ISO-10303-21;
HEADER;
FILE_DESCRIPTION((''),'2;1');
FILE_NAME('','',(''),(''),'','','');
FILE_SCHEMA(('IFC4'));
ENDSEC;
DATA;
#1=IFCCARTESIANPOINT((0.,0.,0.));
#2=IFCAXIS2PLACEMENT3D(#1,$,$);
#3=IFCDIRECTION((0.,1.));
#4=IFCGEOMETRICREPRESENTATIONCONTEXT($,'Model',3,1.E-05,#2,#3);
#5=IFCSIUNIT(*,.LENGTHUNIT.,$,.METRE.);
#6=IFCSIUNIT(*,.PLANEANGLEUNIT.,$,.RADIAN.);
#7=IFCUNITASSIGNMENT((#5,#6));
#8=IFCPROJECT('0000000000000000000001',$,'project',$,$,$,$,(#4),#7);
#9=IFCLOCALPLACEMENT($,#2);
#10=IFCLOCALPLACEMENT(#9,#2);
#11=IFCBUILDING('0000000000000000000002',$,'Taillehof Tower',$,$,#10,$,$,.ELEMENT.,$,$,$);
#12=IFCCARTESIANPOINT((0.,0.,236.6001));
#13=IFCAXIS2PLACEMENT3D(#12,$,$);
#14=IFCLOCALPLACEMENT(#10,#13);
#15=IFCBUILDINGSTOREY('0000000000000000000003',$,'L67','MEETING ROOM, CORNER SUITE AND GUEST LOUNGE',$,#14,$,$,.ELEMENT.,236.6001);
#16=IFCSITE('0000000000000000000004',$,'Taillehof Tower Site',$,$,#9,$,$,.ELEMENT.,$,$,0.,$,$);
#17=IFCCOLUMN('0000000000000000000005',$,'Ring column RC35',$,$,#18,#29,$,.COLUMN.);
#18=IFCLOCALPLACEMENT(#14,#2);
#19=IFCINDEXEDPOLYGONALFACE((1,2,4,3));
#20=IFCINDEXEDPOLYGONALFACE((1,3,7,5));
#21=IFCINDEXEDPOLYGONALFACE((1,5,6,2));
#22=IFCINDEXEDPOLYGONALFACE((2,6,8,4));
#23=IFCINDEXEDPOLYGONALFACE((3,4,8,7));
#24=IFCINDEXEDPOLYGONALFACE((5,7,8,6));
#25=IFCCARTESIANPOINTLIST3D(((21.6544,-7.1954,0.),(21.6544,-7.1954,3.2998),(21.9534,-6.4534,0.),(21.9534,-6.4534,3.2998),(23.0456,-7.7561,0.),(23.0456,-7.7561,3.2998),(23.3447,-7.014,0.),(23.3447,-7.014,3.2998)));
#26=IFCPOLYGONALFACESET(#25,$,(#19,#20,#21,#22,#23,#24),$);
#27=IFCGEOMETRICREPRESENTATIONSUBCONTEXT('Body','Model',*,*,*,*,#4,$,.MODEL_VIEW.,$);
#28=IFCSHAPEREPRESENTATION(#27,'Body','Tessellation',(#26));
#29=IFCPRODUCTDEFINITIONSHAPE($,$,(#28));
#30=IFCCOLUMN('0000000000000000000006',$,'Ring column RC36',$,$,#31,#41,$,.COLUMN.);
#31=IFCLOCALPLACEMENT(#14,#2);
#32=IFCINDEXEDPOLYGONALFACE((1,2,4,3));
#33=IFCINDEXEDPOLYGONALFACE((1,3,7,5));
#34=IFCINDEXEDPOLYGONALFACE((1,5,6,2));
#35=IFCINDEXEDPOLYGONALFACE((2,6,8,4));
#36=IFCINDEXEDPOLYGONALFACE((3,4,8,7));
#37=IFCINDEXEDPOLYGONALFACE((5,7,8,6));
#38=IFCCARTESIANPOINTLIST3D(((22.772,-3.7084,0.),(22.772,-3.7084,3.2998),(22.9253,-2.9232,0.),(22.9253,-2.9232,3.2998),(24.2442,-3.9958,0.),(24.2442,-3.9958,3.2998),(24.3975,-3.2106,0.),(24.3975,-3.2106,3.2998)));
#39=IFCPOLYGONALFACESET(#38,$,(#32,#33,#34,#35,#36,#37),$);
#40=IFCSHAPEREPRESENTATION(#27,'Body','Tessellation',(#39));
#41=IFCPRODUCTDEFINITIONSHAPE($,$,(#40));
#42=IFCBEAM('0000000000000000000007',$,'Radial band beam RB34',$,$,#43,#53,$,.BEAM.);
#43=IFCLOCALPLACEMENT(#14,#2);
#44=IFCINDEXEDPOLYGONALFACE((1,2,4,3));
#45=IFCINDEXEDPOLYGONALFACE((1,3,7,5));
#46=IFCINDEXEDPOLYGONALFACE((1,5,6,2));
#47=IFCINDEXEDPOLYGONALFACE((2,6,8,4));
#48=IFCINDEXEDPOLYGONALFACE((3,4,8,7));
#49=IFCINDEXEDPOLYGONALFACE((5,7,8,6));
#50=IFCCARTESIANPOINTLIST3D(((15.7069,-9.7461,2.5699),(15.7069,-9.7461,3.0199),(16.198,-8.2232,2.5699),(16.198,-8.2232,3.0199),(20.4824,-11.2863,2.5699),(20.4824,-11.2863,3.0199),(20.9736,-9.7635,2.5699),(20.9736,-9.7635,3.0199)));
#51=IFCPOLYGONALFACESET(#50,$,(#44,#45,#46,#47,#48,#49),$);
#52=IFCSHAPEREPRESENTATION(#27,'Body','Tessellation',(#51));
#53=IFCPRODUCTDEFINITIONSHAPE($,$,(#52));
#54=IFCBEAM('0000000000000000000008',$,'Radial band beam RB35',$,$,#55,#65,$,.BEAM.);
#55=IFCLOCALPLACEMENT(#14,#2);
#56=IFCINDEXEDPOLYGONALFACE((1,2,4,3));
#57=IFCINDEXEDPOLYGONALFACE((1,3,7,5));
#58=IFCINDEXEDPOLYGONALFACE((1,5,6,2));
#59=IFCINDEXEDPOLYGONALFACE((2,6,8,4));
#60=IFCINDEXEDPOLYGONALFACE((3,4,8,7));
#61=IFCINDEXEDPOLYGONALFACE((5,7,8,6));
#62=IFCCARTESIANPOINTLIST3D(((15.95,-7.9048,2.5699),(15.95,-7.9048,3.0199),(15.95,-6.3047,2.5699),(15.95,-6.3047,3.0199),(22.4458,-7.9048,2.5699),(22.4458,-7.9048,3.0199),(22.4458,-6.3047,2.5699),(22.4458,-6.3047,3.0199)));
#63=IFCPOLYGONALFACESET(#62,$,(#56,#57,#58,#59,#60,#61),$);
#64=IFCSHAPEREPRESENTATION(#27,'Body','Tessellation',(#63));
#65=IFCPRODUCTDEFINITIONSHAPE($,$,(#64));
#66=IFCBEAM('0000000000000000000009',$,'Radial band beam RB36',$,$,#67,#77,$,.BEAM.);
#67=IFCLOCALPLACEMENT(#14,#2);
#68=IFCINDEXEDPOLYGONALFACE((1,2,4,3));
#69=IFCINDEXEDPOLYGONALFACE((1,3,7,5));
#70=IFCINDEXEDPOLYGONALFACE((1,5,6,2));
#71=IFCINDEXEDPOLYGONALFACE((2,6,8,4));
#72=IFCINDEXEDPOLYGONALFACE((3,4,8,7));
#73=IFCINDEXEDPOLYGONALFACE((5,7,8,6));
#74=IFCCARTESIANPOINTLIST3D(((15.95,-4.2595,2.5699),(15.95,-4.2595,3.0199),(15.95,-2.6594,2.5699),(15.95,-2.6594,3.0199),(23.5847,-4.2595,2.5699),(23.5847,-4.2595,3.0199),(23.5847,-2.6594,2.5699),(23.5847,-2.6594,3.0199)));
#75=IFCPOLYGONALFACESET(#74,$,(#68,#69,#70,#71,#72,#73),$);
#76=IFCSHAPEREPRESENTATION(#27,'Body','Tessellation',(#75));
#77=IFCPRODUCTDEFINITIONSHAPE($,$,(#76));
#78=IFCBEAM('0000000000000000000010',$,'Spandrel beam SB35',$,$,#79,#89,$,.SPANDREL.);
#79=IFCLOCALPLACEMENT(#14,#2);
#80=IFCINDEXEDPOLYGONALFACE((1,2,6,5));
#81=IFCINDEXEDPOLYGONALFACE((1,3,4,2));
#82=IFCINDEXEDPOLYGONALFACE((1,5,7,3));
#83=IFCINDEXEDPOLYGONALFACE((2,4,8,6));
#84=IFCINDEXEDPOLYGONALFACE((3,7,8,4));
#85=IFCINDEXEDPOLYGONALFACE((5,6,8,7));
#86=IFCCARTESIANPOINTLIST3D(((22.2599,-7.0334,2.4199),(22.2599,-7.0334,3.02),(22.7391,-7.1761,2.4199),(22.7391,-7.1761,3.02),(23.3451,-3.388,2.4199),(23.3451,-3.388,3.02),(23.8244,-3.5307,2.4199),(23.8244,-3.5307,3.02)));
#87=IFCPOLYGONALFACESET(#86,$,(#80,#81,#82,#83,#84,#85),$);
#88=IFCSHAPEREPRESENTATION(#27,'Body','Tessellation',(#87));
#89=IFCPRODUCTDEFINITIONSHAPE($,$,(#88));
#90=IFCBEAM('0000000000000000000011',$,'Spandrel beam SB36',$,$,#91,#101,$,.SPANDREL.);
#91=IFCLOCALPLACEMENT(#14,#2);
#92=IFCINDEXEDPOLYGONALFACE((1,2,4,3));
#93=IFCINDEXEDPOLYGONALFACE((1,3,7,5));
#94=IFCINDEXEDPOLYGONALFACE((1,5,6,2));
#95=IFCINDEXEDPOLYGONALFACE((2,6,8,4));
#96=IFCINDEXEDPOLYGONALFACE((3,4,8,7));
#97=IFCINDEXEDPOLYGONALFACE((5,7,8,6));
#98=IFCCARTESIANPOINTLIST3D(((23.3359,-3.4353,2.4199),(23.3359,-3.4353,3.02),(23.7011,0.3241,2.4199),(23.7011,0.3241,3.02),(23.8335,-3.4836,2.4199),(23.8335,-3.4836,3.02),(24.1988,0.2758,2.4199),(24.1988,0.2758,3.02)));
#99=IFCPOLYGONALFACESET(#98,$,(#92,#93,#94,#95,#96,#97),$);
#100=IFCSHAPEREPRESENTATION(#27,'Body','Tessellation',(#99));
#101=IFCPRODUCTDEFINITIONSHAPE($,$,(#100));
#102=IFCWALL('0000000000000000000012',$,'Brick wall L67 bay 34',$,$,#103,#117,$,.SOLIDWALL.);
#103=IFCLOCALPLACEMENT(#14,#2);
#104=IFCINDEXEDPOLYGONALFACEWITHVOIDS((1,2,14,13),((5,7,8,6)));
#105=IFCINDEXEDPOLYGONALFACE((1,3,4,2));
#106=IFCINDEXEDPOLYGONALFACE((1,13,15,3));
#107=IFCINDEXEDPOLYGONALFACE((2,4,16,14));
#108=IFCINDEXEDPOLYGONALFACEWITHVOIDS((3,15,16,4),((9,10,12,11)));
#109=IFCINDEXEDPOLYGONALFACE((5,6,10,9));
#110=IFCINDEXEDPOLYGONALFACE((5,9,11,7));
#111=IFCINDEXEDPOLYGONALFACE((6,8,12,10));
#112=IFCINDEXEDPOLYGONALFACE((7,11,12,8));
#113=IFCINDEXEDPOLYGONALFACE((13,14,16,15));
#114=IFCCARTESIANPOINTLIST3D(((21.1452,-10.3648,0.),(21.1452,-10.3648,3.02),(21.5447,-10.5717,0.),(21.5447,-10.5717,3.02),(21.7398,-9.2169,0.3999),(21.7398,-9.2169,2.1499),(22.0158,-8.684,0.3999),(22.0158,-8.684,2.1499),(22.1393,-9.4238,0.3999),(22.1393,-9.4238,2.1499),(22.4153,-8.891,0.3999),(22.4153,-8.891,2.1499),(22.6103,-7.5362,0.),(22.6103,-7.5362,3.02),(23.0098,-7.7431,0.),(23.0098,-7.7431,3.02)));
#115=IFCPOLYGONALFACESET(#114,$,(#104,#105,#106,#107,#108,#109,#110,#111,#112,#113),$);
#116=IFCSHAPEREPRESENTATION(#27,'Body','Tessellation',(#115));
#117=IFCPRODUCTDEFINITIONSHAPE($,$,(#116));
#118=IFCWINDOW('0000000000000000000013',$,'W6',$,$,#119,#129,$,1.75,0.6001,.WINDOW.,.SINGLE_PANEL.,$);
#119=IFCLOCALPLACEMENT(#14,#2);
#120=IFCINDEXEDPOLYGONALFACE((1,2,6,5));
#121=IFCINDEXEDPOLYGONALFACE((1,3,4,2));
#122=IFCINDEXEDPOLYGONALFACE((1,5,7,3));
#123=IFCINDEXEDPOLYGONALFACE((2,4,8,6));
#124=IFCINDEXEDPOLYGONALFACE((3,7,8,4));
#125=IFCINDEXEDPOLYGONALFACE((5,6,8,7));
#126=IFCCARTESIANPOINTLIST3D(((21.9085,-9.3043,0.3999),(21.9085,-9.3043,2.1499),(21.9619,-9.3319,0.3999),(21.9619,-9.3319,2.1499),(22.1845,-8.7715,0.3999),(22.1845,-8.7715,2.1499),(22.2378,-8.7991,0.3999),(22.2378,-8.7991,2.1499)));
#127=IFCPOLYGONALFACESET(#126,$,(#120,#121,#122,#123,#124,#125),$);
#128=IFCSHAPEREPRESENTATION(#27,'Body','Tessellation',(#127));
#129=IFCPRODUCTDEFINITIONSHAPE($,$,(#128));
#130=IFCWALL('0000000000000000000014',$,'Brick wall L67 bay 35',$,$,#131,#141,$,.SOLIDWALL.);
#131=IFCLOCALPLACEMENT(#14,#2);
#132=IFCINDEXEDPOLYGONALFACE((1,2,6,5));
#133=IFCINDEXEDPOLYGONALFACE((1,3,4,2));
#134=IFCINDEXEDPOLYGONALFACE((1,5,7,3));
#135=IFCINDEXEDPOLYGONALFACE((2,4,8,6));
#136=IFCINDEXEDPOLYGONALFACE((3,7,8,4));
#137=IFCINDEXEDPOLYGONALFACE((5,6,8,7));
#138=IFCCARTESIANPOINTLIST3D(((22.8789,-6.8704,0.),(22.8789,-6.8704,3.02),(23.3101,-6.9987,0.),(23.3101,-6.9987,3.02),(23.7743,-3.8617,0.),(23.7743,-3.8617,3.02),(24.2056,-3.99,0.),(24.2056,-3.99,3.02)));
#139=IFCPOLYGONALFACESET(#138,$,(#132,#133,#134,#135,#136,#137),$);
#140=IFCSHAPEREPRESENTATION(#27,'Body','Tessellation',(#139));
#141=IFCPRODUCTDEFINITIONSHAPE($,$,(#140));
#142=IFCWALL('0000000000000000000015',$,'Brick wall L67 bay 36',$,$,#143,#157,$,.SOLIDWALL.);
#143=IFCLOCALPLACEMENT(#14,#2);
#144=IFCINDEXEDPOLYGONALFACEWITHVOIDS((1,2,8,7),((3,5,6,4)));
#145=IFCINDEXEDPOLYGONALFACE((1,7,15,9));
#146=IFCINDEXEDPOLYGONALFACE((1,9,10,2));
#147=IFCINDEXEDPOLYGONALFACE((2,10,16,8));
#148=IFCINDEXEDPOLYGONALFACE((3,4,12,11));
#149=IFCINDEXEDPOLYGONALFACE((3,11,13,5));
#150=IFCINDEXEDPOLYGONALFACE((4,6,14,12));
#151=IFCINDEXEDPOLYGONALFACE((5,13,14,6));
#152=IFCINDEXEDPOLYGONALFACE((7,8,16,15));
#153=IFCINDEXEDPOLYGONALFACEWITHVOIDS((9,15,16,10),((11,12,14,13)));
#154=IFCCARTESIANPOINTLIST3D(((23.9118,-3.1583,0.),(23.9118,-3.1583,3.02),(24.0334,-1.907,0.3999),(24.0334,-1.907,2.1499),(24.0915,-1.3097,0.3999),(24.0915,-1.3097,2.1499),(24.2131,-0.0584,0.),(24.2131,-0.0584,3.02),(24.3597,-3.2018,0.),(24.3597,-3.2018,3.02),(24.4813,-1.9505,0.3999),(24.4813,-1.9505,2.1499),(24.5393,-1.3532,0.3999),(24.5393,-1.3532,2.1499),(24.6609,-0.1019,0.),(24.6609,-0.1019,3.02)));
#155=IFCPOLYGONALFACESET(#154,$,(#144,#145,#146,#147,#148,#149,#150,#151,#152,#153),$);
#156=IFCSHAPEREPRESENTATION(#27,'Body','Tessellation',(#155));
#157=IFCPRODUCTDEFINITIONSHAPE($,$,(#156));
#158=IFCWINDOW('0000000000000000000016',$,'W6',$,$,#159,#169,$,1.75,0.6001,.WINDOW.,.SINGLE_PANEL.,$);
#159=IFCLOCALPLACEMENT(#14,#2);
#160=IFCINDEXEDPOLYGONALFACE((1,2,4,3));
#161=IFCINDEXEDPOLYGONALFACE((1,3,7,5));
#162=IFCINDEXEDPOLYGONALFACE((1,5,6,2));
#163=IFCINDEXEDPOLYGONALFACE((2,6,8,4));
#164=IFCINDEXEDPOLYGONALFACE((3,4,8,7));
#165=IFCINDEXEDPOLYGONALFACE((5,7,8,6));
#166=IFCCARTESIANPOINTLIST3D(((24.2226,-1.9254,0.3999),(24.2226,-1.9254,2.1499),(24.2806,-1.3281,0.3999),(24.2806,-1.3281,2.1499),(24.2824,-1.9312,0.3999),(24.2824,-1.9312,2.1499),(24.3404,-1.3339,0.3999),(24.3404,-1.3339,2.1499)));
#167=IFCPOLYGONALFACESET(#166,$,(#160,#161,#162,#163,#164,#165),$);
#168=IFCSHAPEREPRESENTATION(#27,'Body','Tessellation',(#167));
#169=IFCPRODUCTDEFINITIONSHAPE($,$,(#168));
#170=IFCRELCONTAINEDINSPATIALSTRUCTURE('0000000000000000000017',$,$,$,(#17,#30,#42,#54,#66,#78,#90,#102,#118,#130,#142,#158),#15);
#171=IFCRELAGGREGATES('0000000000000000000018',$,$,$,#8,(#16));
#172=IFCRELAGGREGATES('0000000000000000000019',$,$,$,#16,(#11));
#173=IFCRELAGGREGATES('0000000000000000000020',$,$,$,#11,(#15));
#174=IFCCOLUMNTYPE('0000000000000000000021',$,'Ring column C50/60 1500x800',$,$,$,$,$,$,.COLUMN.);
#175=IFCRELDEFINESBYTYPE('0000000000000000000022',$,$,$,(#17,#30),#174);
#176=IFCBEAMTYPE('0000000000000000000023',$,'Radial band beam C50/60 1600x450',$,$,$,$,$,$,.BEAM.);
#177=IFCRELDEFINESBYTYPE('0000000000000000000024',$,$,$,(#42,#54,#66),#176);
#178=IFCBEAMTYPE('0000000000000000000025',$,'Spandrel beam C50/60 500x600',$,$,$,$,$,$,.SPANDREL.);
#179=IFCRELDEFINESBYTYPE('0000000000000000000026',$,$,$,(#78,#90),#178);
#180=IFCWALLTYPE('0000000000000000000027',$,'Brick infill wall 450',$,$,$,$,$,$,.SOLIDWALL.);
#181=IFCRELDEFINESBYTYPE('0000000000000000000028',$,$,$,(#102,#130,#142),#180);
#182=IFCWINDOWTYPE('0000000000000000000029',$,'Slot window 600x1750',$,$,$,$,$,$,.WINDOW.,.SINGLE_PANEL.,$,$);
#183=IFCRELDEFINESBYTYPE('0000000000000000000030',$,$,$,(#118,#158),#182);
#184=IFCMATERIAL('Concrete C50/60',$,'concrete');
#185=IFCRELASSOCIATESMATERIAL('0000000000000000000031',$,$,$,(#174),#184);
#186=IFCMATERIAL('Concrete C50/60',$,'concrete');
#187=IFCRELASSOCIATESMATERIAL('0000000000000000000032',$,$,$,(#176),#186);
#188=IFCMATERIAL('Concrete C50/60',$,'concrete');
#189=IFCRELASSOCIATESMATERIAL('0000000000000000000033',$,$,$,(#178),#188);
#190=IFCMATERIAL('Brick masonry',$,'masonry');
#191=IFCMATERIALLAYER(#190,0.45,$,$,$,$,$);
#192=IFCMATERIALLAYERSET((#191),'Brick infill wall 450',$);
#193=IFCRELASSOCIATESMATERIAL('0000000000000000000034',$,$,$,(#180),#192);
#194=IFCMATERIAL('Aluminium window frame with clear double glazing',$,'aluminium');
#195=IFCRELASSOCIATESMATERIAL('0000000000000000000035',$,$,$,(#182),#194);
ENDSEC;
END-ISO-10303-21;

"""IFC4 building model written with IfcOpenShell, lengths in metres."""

from ifc_helpers import new_model, si_unit, direction, frame, frame_2d, origin, origin_2d, place, context, subcontext, project, spatial, rectangle, extrude, material, layer, layer_set, material_profile, profile_set, type_object, element, fill, save


model = new_model("IFC4")

# Units and contexts
model_context = context("Model", 3, precision=1e-05, world=origin(), true_north=direction((0.0, 1.0)))
body_context = subcontext(model_context, "Body", "Model", "MODEL_VIEW")
ifc_project = project(units=[si_unit("LENGTHUNIT", "METRE"), si_unit("PLANEANGLEUNIT", "RADIAN")], contexts=[model_context])

# Site, building, storey
site_placement = place(None, origin())
site = spatial("IfcSite", under=ifc_project, at=site_placement, Name="Taillehof Tower Site", CompositionType="ELEMENT", RefElevation=0.0)
building_placement = place(site_placement, origin())
building = spatial("IfcBuilding", under=site, at=building_placement, Name="Taillehof Tower", CompositionType="ELEMENT")
storey_placement = place(building_placement, frame((0.0, 0.0, 236.6001)))
storey = spatial("IfcBuildingStorey", under=building, at=storey_placement, Name="L67", Description="MEETING ROOM, CORNER SUITE AND GUEST LOUNGE", CompositionType="ELEMENT", Elevation=236.6001)

# Columns
ifc_material_1 = material(Name="Concrete C50/60", Category="concrete")
ifc_material_profile_1 = material_profile(ifc_material_1, rectangle(XDim=1.5, YDim=0.8, at=origin_2d()), Name="RC 1500x800")
ifc_profile_set_1 = profile_set([ifc_material_profile_1], Name="Concrete C50/60")
column_type = type_object("IfcColumnType", Name="Ring column C50/60 1500x800", PredefinedType="COLUMN", material=ifc_profile_set_1)
for number, where, z_axis, x_axis, name in (
    (1, (22.4995, -7.1047, 0.0), (0.0, 0.0, 1.0), (0.927525, -0.373762, 0.0), "Ring column RC35"),
    (2, (23.5847, -3.4595, 0.0), (0.0, 0.0, 1.0), (0.981473, -0.191602, 0.0), "Ring column RC36"),
):
    element("IfcColumn", number, at=place(storey_placement, frame(where, z_axis=z_axis, x_axis=x_axis)), inside=storey, type_object=column_type, Name=name, PredefinedType="COLUMN", context=body_context, shape_type="SweptSolid", body=[
        extrude(rectangle(XDim=1.5, YDim=0.8, at=origin_2d()), origin(), (0.0, 0.0, 1.0), 3.2998),
    ])

# Beams
ifc_material_2 = material(Name="Concrete C50/60", Category="concrete")
ifc_material_profile_2 = material_profile(ifc_material_2, rectangle(XDim=1.6001, YDim=0.45, at=origin_2d()), Name="RC 1600x450")
ifc_profile_set_2 = profile_set([ifc_material_profile_2], Name="Concrete C50/60")
beam_type_1 = type_object("IfcBeamType", Name="Radial band beam C50/60 1600x450", PredefinedType="BEAM", material=ifc_profile_set_2)
beam_1_placement = place(storey_placement, frame((20.728, -10.5249, 2.7949), z_axis=(-0.951723, 0.306959, 0.0), x_axis=(-0.306959, -0.951723, 0.0)))
element("IfcBeam", 3, at=beam_1_placement, inside=storey, type_object=beam_type_1, Name="Radial band beam RB34", PredefinedType="BEAM", context=body_context, shape_type="SweptSolid", body=[
    extrude(rectangle(XDim=1.6001, YDim=0.45, at=origin_2d()), origin(), (0.0, 0.0, 1.0), 5.0178),
])
beam_2_placement = place(storey_placement, frame((22.4458, -7.1047, 2.7949), z_axis=(-1.0, 0.0, 0.0), x_axis=(0.0, -1.0, 0.0)))
element("IfcBeam", 4, at=beam_2_placement, inside=storey, type_object=beam_type_1, Name="Radial band beam RB35", PredefinedType="BEAM", context=body_context, shape_type="SweptSolid", body=[
    extrude(rectangle(XDim=1.6001, YDim=0.45, at=origin_2d()), origin(), (0.0, 0.0, 1.0), 6.4958),
])
beam_3_placement = place(storey_placement, frame((23.5847, -3.4595, 2.7949), z_axis=(-1.0, 0.0, 0.0), x_axis=(0.0, -1.0, 0.0)))
element("IfcBeam", 5, at=beam_3_placement, inside=storey, type_object=beam_type_1, Name="Radial band beam RB36", PredefinedType="BEAM", context=body_context, shape_type="SweptSolid", body=[
    extrude(rectangle(XDim=1.6001, YDim=0.45, at=origin_2d()), origin(), (0.0, 0.0, 1.0), 7.6348),
])
ifc_material_3 = material(Name="Concrete C50/60", Category="concrete")
ifc_material_profile_3 = material_profile(ifc_material_3, rectangle(XDim=0.5, YDim=0.6001, at=origin_2d()), Name="RC 500x600")
ifc_profile_set_3 = profile_set([ifc_material_profile_3], Name="Concrete C50/60")
beam_type_2 = type_object("IfcBeamType", Name="Spandrel beam C50/60 500x600", PredefinedType="SPANDREL", material=ifc_profile_set_3)
beam_4_placement = place(storey_placement, frame((22.4995, -7.1047, 2.72), z_axis=(0.285327, 0.95843, 0.0), x_axis=(-0.95843, 0.285327, 0.0)))
element("IfcBeam", 6, at=beam_4_placement, inside=storey, type_object=beam_type_2, Name="Spandrel beam SB35", PredefinedType="SPANDREL", context=body_context, shape_type="SweptSolid", body=[
    extrude(rectangle(XDim=0.5, YDim=0.6001, at=origin_2d()), origin(), (0.0, 0.0, 1.0), 3.8035),
])
beam_5_placement = place(storey_placement, frame((23.5847, -3.4595, 2.72), z_axis=(0.096694, 0.995314, 0.0), x_axis=(-0.995314, 0.096694, 0.0)))
element("IfcBeam", 7, at=beam_5_placement, inside=storey, type_object=beam_type_2, Name="Spandrel beam SB36", PredefinedType="SPANDREL", context=body_context, shape_type="SweptSolid", body=[
    extrude(rectangle(XDim=0.5, YDim=0.6001, at=origin_2d()), origin(), (0.0, 0.0, 1.0), 3.7771),
])

# Wall, opening, window
ifc_material_4 = material(Name="Brick masonry", Category="masonry")
ifc_layer_1 = layer(ifc_material_4, 0.45)
ifc_layer_set_1 = layer_set([ifc_layer_1], Name="Brick infill wall 450")
wall_type_1 = type_object("IfcWallType", Name="Brick infill wall 450", PredefinedType="SOLIDWALL", material=ifc_layer_set_1)
wall_1_placement = place(storey_placement, frame((21.345, -10.4683, 0.0), z_axis=(0.0, 0.0, 1.0), x_axis=(0.459921, 0.88796, 0.0)))
wall_1 = element("IfcWall", 8, at=wall_1_placement, inside=storey, type_object=wall_type_1, Name="Brick wall L67 bay 34", PredefinedType="SOLIDWALL", context=body_context, shape_type="SweptSolid", body=[
    extrude(rectangle(XDim=3.1855, YDim=0.45, at=frame_2d((1.5928, 0.0))), origin(), (0.0, 0.0, 1.0), 3.02),
])
opening_1_placement = place(wall_1_placement, frame((1.2927, 0.0, 0.3999)))
opening_1 = element("IfcOpeningElement", 9, at=opening_1_placement, cuts=wall_1, PredefinedType="OPENING", context=body_context, shape_type="SweptSolid", body=[
    extrude(rectangle(XDim=0.6001, YDim=1.75, at=frame_2d((0.3, 0.875))), frame((0.0, 0.2349, 0.0), z_axis=(0.0, -1.0, 0.0), x_axis=(1.0, 0.0, 0.0)), (0.0, 0.0, 1.0), 0.47),
])
ifc_material_5 = material(Name="Aluminium window frame with clear double glazing", Category="aluminium")
window_type = type_object("IfcWindowType", Name="Slot window 600x1750", PartitioningType="SINGLE_PANEL", PredefinedType="WINDOW", material=ifc_material_5)
window_1_placement = place(opening_1_placement, origin())
window_1 = element("IfcWindow", 10, at=window_1_placement, inside=storey, type_object=window_type, Name="W6", OverallHeight=1.75, OverallWidth=0.6001, PartitioningType="SINGLE_PANEL", PredefinedType="WINDOW", context=body_context, shape_type="SweptSolid", body=[
    extrude(rectangle(XDim=0.6001, YDim=1.75, at=frame_2d((0.3, 0.875))), frame((0.0, 0.0349, 0.0), z_axis=(0.0, -1.0, 0.0), x_axis=(1.0, 0.0, 0.0)), (0.0, 0.0, 1.0), 0.0601),
])
fill(opening_1, window_1)

# Wall
wall_2_placement = place(storey_placement, frame((23.0945, -6.9346, 0.0), z_axis=(0.0, 0.0, 1.0), x_axis=(0.285264, 0.958449, 0.0)))
element("IfcWall", 11, at=wall_2_placement, inside=storey, type_object=wall_type_1, Name="Brick wall L67 bay 35", PredefinedType="SOLIDWALL", context=body_context, shape_type="SweptSolid", body=[
    extrude(rectangle(XDim=3.1392, YDim=0.45, at=frame_2d((1.5696, 0.0))), origin(), (0.0, 0.0, 1.0), 3.02),
])

# Wall, opening, window
wall_3_placement = place(storey_placement, frame((24.1357, -3.1799, 0.0), z_axis=(0.0, 0.0, 1.0), x_axis=(0.096733, 0.99531, 0.0)))
wall_3 = element("IfcWall", 12, at=wall_3_placement, inside=storey, type_object=wall_type_1, Name="Brick wall L67 bay 36", PredefinedType="SOLIDWALL", context=body_context, shape_type="SweptSolid", body=[
    extrude(rectangle(XDim=3.1145, YDim=0.45, at=frame_2d((1.5571, 0.0))), origin(), (0.0, 0.0, 1.0), 3.02),
])
opening_2_placement = place(wall_3_placement, frame((1.2571, 0.0, 0.3999)))
opening_2 = element("IfcOpeningElement", 13, at=opening_2_placement, cuts=wall_3, PredefinedType="OPENING", context=body_context, shape_type="SweptSolid", body=[
    extrude(rectangle(XDim=0.6001, YDim=1.75, at=frame_2d((0.3, 0.875))), frame((0.0, 0.2349, 0.0), z_axis=(0.0, -1.0, 0.0), x_axis=(1.0, 0.0, 0.0)), (0.0, 0.0, 1.0), 0.47),
])
window_2_placement = place(opening_2_placement, origin())
window_2 = element("IfcWindow", 14, at=window_2_placement, inside=storey, type_object=window_type, Name="W6", OverallHeight=1.75, OverallWidth=0.6001, PartitioningType="SINGLE_PANEL", PredefinedType="WINDOW", context=body_context, shape_type="SweptSolid", body=[
    extrude(rectangle(XDim=0.6001, YDim=1.75, at=frame_2d((0.3, 0.875))), frame((0.0, 0.0349, 0.0), z_axis=(0.0, -1.0, 0.0), x_axis=(1.0, 0.0, 0.0)), (0.0, 0.0, 1.0), 0.0601),
])
fill(opening_2, window_2)

save(model, "model.ifc")
